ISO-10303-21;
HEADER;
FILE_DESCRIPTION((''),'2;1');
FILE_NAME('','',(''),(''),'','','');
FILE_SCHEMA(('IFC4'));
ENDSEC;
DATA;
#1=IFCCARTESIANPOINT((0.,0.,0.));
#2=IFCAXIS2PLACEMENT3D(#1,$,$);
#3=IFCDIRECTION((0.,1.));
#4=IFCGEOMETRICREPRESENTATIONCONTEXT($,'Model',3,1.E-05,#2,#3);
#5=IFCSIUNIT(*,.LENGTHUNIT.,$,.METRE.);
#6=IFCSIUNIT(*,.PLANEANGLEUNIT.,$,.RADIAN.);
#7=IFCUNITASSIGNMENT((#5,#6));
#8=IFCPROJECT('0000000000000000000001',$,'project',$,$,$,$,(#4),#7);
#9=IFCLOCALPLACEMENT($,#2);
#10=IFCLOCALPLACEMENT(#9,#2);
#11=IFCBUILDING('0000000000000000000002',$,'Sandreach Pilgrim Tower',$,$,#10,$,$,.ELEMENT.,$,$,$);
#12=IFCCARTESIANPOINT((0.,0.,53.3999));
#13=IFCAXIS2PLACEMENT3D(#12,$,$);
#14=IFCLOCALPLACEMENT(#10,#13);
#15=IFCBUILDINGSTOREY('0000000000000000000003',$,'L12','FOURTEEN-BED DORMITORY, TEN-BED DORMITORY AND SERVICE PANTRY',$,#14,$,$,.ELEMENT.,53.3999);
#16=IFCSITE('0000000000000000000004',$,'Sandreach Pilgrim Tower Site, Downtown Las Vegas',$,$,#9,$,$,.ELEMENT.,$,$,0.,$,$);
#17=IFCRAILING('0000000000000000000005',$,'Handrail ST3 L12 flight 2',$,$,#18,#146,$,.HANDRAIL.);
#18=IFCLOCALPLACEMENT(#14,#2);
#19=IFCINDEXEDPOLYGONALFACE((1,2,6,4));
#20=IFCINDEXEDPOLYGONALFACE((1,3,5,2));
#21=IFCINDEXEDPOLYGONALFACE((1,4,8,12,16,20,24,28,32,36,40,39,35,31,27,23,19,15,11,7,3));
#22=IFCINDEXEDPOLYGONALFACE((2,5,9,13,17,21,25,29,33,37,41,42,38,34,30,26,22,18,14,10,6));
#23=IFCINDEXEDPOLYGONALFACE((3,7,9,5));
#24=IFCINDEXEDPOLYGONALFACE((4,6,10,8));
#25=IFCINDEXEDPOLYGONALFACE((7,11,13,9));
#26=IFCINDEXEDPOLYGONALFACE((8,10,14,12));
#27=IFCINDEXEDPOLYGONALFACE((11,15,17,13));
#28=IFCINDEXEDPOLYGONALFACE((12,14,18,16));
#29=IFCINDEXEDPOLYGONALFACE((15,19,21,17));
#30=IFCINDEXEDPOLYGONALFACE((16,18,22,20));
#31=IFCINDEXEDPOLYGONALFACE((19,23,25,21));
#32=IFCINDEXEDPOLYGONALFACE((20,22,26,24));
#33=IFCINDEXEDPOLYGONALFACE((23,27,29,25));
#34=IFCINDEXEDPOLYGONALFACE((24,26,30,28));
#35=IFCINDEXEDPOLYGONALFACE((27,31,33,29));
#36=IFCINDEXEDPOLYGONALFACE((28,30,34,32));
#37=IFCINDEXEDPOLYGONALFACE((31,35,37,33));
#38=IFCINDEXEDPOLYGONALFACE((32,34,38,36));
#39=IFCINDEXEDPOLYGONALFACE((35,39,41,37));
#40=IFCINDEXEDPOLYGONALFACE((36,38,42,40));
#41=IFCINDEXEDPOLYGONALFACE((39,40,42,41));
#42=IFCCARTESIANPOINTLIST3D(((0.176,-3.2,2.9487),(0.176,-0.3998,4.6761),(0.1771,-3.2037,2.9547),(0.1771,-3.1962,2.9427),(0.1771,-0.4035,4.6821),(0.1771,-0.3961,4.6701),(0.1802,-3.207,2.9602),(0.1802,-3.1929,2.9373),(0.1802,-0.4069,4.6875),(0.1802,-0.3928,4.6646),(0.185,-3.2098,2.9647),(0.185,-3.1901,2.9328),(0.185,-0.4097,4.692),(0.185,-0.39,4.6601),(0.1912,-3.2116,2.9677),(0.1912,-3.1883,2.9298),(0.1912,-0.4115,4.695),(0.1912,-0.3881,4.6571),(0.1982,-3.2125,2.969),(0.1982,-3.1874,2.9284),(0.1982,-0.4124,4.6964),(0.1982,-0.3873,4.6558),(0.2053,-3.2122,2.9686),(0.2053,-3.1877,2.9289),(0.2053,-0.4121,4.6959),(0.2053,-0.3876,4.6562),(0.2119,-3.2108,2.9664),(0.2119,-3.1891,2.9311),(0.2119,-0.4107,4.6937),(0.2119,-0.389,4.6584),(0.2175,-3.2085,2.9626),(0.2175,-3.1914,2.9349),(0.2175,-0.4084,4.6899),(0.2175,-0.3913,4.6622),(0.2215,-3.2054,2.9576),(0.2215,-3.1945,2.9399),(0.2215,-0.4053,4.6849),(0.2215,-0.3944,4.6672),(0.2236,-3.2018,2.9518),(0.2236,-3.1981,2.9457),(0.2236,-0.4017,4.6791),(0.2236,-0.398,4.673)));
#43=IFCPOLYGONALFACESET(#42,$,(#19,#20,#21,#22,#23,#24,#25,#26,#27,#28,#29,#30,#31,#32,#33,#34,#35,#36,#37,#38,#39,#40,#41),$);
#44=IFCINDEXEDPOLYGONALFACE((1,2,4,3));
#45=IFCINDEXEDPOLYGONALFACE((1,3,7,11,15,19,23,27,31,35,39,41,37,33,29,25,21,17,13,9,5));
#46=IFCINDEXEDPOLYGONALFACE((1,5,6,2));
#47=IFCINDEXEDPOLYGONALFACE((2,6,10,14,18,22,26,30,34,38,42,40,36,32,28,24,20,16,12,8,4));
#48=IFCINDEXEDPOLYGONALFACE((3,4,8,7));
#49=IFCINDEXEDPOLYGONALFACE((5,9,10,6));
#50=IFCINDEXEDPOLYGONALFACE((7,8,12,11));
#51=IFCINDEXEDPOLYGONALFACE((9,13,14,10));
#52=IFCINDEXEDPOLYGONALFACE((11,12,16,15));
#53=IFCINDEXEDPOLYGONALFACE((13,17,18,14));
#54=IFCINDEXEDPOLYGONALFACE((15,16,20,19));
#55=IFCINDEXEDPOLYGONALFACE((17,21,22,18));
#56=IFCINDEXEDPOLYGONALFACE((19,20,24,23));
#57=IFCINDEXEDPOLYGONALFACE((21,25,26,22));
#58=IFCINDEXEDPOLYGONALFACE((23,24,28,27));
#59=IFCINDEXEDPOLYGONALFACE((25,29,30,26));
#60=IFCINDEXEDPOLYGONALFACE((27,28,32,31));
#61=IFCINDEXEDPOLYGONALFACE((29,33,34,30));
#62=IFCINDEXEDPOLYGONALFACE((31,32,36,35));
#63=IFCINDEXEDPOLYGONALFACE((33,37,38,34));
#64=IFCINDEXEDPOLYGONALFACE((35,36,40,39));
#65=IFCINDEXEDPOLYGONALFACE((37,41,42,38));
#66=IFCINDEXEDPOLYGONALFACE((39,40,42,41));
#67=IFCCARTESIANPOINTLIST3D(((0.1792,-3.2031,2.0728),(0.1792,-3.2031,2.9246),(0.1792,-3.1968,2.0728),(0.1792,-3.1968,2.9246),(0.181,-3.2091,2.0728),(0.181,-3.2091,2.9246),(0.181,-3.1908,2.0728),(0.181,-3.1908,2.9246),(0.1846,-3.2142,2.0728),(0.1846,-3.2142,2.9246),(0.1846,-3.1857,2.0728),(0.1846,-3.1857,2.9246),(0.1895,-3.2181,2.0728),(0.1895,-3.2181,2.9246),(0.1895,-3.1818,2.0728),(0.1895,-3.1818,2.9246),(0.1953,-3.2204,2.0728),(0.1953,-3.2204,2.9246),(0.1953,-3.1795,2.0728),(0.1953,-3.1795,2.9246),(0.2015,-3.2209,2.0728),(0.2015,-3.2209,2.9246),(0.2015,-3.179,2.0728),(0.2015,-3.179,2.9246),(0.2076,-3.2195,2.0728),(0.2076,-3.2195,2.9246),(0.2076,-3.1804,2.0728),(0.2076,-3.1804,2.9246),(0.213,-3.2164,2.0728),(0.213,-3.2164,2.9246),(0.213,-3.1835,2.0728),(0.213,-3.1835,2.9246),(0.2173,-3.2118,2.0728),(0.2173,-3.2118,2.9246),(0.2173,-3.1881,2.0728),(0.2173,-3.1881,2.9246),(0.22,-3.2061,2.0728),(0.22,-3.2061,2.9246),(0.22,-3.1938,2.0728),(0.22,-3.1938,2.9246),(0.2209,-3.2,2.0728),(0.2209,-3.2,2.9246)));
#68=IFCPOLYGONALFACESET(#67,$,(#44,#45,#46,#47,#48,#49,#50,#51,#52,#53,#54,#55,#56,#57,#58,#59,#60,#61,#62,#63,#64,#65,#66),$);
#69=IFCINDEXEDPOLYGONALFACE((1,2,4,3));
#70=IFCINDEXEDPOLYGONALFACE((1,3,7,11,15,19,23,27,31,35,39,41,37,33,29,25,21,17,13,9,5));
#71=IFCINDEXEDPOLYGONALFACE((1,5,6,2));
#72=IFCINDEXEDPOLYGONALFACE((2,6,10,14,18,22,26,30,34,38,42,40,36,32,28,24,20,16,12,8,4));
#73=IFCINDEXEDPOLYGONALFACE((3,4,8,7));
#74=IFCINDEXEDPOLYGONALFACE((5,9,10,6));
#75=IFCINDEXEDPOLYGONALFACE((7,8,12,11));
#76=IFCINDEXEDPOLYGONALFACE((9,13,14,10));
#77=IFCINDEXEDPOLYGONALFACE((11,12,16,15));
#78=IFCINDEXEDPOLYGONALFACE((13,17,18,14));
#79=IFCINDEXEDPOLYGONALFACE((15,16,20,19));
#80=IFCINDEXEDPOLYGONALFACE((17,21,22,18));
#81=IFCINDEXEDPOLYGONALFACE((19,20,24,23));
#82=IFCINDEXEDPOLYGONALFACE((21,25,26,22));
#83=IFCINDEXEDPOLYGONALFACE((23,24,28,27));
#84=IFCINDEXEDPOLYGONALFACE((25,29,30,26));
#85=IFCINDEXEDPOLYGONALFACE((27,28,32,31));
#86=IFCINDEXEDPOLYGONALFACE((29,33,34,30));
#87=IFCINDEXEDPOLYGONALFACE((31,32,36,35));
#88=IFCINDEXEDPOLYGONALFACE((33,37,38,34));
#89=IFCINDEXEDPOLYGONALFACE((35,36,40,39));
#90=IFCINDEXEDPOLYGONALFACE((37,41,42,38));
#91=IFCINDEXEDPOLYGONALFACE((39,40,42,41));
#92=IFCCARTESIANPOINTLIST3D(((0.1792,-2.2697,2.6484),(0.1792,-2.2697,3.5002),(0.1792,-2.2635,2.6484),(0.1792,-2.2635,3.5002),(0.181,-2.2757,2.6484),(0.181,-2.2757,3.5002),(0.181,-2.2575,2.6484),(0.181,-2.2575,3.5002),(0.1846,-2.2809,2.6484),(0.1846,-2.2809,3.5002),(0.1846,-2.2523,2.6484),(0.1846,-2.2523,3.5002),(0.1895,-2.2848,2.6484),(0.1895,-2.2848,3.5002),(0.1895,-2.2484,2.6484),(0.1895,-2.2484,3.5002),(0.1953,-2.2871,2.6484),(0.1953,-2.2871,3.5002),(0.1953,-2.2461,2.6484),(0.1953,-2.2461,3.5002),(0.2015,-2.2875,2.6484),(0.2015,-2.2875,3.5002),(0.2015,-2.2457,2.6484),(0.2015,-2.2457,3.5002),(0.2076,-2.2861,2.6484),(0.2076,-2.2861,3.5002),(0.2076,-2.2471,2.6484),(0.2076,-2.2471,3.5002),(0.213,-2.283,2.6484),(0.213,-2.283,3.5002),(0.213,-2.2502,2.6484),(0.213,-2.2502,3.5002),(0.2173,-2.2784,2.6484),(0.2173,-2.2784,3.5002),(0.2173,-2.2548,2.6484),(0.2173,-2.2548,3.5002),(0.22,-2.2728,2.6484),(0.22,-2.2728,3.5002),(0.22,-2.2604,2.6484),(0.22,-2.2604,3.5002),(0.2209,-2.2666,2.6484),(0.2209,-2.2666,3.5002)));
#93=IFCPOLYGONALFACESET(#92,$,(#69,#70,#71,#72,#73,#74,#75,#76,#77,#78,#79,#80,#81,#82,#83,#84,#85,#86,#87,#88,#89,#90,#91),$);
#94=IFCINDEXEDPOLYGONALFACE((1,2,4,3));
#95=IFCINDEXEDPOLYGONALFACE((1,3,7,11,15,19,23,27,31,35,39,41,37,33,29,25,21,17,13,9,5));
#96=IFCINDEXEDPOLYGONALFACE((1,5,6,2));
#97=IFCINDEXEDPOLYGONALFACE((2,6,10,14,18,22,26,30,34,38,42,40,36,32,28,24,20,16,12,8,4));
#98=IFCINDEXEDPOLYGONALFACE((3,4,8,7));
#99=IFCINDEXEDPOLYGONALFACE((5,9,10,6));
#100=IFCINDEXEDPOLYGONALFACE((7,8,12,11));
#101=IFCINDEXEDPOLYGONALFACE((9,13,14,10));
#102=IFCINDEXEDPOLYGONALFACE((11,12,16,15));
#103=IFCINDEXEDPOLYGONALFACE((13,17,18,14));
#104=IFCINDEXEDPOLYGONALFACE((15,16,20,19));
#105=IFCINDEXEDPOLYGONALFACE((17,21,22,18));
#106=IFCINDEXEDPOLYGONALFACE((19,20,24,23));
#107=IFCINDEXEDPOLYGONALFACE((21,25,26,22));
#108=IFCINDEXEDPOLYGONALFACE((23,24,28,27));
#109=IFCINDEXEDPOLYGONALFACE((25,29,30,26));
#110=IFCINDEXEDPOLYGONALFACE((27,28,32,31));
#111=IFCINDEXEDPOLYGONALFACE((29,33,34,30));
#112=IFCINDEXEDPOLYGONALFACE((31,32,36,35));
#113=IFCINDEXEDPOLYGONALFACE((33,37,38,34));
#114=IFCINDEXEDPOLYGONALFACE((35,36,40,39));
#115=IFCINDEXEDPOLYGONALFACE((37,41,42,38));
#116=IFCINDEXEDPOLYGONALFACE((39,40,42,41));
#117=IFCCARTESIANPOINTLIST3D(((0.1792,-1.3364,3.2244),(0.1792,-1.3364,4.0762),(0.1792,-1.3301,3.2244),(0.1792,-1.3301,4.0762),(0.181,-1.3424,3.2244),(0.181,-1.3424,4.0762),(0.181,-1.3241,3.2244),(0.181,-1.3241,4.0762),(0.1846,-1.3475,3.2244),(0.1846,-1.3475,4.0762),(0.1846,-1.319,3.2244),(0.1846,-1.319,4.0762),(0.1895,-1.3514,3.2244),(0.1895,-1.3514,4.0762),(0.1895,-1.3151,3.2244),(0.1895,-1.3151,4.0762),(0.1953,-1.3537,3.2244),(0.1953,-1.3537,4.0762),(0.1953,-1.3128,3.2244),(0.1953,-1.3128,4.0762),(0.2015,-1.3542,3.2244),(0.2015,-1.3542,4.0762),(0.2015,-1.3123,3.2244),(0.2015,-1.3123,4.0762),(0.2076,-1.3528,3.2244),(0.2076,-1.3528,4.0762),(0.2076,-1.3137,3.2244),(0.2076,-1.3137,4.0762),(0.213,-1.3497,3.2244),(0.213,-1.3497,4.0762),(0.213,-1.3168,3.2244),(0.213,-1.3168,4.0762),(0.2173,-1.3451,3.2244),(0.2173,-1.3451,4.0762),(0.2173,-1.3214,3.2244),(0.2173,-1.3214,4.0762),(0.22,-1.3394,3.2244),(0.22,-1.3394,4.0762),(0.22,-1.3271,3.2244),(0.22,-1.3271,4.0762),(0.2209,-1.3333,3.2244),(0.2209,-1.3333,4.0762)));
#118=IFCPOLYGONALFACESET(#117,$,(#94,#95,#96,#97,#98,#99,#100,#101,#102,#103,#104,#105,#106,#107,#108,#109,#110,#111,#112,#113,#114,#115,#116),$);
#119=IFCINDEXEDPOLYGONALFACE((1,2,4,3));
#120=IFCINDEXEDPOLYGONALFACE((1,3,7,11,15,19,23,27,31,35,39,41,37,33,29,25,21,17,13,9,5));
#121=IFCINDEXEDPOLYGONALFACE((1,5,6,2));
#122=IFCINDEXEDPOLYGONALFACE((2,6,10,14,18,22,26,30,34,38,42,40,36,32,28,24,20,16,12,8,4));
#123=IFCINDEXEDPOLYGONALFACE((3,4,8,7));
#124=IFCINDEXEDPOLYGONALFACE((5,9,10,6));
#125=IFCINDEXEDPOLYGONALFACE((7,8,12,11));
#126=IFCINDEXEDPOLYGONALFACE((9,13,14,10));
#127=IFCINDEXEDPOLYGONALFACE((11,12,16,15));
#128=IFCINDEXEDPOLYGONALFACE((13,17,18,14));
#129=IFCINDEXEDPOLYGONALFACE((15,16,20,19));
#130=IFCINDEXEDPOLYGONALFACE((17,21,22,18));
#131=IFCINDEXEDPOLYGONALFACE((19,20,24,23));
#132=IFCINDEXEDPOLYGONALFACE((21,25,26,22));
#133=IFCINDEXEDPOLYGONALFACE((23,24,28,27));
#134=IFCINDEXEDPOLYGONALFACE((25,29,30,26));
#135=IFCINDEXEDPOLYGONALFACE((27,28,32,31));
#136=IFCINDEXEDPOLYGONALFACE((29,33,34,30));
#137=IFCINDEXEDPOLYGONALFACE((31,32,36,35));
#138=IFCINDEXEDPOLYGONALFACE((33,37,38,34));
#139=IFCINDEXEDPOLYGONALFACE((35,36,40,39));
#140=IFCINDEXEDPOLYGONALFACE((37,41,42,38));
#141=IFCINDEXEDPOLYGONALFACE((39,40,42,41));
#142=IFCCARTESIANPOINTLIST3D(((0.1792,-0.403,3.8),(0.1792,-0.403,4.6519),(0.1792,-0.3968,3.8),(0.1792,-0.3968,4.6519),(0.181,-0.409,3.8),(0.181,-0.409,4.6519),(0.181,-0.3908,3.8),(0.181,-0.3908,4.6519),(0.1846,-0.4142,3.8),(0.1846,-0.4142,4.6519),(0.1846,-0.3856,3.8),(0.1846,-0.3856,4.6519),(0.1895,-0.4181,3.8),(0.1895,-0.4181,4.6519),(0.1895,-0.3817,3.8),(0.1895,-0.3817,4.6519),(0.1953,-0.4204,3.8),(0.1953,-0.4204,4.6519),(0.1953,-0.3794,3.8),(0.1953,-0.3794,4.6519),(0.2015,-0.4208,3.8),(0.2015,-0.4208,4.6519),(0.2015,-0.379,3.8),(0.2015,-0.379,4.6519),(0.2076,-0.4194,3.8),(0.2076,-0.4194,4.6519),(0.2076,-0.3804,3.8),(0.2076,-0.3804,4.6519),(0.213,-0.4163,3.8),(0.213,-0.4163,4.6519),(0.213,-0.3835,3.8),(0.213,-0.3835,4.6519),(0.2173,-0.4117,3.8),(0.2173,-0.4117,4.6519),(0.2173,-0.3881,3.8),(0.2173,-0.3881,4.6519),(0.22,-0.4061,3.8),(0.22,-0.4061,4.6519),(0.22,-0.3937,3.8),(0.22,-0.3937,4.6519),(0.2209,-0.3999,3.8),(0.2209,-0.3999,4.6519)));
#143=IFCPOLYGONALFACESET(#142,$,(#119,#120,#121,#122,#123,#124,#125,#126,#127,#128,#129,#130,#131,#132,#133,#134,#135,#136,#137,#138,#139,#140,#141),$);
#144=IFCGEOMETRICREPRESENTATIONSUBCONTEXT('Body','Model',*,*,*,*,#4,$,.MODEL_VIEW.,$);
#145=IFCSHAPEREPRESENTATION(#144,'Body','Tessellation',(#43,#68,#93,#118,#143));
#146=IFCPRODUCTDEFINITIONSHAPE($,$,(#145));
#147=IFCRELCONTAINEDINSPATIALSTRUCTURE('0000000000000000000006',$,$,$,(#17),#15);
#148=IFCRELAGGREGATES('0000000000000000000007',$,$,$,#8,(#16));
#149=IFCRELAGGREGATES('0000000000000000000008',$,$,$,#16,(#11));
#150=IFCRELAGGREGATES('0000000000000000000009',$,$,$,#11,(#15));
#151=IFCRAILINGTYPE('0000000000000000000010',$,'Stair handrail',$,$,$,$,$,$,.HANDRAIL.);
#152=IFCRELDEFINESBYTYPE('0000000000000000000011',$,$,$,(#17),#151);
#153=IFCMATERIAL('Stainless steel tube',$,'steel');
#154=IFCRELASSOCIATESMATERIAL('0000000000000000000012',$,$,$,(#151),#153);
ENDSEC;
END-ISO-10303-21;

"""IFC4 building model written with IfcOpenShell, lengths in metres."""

from ifc_helpers import new_model, si_unit, direction, frame, origin, origin_2d, place, context, subcontext, project, spatial, circle, extrude, material, type_object, element, save


model = new_model("IFC4")

# Units and contexts
model_context = context("Model", 3, precision=1e-05, world=origin(), true_north=direction((0.0, 1.0)))
body_context = subcontext(model_context, "Body", "Model", "MODEL_VIEW")
ifc_project = project(units=[si_unit("LENGTHUNIT", "METRE"), si_unit("PLANEANGLEUNIT", "RADIAN")], contexts=[model_context])

# Site, building, storey
site_placement = place(None, origin())
site = spatial("IfcSite", under=ifc_project, at=site_placement, Name="Sandreach Pilgrim Tower Site, Downtown Las Vegas", CompositionType="ELEMENT", RefElevation=0.0)
building_placement = place(site_placement, origin())
building = spatial("IfcBuilding", under=site, at=building_placement, Name="Sandreach Pilgrim Tower", CompositionType="ELEMENT")
storey_placement = place(building_placement, frame((0.0, 0.0, 53.3999)))
storey = spatial("IfcBuildingStorey", under=building, at=storey_placement, Name="L12", Description="FOURTEEN-BED DORMITORY, TEN-BED DORMITORY AND SERVICE PANTRY", CompositionType="ELEMENT", Elevation=53.3999)

# Railing
ifc_material_1 = material(Name="Stainless steel tube", Category="steel")
railing_type = type_object("IfcRailingType", Name="Stair handrail", PredefinedType="HANDRAIL", material=ifc_material_1)
for number, where, name in (
    (1, (0.2, -3.2, 2.0728), "Handrail ST3 L12 flight 2"),
):
    element("IfcRailing", number, at=place(storey_placement, frame(where)), inside=storey, type_object=railing_type, Name=name, PredefinedType="HANDRAIL", context=body_context, shape_type="SweptSolid", body=[
        extrude(circle(Radius=0.0239, at=origin_2d()), frame((0.0, 0.0, 0.876), z_axis=(0.0, 0.85109, 0.52502), x_axis=(-1.0, 0.0, 0.0)), (0.0, 0.0, 1.0), 3.29),
        extrude(circle(Radius=0.021, at=origin_2d()), origin(), (0.0, 0.0, 1.0), 0.8518),
        extrude(circle(Radius=0.021, at=origin_2d()), frame((0.0, 0.9333, 0.5757)), (0.0, 0.0, 1.0), 0.8518),
        extrude(circle(Radius=0.021, at=origin_2d()), frame((0.0, 1.8667, 1.1516)), (0.0, 0.0, 1.0), 0.8518),
        extrude(circle(Radius=0.021, at=origin_2d()), frame((0.0, 2.8, 1.7273)), (0.0, 0.0, 1.0), 0.8518),
    ])

save(model, "model.ifc")
